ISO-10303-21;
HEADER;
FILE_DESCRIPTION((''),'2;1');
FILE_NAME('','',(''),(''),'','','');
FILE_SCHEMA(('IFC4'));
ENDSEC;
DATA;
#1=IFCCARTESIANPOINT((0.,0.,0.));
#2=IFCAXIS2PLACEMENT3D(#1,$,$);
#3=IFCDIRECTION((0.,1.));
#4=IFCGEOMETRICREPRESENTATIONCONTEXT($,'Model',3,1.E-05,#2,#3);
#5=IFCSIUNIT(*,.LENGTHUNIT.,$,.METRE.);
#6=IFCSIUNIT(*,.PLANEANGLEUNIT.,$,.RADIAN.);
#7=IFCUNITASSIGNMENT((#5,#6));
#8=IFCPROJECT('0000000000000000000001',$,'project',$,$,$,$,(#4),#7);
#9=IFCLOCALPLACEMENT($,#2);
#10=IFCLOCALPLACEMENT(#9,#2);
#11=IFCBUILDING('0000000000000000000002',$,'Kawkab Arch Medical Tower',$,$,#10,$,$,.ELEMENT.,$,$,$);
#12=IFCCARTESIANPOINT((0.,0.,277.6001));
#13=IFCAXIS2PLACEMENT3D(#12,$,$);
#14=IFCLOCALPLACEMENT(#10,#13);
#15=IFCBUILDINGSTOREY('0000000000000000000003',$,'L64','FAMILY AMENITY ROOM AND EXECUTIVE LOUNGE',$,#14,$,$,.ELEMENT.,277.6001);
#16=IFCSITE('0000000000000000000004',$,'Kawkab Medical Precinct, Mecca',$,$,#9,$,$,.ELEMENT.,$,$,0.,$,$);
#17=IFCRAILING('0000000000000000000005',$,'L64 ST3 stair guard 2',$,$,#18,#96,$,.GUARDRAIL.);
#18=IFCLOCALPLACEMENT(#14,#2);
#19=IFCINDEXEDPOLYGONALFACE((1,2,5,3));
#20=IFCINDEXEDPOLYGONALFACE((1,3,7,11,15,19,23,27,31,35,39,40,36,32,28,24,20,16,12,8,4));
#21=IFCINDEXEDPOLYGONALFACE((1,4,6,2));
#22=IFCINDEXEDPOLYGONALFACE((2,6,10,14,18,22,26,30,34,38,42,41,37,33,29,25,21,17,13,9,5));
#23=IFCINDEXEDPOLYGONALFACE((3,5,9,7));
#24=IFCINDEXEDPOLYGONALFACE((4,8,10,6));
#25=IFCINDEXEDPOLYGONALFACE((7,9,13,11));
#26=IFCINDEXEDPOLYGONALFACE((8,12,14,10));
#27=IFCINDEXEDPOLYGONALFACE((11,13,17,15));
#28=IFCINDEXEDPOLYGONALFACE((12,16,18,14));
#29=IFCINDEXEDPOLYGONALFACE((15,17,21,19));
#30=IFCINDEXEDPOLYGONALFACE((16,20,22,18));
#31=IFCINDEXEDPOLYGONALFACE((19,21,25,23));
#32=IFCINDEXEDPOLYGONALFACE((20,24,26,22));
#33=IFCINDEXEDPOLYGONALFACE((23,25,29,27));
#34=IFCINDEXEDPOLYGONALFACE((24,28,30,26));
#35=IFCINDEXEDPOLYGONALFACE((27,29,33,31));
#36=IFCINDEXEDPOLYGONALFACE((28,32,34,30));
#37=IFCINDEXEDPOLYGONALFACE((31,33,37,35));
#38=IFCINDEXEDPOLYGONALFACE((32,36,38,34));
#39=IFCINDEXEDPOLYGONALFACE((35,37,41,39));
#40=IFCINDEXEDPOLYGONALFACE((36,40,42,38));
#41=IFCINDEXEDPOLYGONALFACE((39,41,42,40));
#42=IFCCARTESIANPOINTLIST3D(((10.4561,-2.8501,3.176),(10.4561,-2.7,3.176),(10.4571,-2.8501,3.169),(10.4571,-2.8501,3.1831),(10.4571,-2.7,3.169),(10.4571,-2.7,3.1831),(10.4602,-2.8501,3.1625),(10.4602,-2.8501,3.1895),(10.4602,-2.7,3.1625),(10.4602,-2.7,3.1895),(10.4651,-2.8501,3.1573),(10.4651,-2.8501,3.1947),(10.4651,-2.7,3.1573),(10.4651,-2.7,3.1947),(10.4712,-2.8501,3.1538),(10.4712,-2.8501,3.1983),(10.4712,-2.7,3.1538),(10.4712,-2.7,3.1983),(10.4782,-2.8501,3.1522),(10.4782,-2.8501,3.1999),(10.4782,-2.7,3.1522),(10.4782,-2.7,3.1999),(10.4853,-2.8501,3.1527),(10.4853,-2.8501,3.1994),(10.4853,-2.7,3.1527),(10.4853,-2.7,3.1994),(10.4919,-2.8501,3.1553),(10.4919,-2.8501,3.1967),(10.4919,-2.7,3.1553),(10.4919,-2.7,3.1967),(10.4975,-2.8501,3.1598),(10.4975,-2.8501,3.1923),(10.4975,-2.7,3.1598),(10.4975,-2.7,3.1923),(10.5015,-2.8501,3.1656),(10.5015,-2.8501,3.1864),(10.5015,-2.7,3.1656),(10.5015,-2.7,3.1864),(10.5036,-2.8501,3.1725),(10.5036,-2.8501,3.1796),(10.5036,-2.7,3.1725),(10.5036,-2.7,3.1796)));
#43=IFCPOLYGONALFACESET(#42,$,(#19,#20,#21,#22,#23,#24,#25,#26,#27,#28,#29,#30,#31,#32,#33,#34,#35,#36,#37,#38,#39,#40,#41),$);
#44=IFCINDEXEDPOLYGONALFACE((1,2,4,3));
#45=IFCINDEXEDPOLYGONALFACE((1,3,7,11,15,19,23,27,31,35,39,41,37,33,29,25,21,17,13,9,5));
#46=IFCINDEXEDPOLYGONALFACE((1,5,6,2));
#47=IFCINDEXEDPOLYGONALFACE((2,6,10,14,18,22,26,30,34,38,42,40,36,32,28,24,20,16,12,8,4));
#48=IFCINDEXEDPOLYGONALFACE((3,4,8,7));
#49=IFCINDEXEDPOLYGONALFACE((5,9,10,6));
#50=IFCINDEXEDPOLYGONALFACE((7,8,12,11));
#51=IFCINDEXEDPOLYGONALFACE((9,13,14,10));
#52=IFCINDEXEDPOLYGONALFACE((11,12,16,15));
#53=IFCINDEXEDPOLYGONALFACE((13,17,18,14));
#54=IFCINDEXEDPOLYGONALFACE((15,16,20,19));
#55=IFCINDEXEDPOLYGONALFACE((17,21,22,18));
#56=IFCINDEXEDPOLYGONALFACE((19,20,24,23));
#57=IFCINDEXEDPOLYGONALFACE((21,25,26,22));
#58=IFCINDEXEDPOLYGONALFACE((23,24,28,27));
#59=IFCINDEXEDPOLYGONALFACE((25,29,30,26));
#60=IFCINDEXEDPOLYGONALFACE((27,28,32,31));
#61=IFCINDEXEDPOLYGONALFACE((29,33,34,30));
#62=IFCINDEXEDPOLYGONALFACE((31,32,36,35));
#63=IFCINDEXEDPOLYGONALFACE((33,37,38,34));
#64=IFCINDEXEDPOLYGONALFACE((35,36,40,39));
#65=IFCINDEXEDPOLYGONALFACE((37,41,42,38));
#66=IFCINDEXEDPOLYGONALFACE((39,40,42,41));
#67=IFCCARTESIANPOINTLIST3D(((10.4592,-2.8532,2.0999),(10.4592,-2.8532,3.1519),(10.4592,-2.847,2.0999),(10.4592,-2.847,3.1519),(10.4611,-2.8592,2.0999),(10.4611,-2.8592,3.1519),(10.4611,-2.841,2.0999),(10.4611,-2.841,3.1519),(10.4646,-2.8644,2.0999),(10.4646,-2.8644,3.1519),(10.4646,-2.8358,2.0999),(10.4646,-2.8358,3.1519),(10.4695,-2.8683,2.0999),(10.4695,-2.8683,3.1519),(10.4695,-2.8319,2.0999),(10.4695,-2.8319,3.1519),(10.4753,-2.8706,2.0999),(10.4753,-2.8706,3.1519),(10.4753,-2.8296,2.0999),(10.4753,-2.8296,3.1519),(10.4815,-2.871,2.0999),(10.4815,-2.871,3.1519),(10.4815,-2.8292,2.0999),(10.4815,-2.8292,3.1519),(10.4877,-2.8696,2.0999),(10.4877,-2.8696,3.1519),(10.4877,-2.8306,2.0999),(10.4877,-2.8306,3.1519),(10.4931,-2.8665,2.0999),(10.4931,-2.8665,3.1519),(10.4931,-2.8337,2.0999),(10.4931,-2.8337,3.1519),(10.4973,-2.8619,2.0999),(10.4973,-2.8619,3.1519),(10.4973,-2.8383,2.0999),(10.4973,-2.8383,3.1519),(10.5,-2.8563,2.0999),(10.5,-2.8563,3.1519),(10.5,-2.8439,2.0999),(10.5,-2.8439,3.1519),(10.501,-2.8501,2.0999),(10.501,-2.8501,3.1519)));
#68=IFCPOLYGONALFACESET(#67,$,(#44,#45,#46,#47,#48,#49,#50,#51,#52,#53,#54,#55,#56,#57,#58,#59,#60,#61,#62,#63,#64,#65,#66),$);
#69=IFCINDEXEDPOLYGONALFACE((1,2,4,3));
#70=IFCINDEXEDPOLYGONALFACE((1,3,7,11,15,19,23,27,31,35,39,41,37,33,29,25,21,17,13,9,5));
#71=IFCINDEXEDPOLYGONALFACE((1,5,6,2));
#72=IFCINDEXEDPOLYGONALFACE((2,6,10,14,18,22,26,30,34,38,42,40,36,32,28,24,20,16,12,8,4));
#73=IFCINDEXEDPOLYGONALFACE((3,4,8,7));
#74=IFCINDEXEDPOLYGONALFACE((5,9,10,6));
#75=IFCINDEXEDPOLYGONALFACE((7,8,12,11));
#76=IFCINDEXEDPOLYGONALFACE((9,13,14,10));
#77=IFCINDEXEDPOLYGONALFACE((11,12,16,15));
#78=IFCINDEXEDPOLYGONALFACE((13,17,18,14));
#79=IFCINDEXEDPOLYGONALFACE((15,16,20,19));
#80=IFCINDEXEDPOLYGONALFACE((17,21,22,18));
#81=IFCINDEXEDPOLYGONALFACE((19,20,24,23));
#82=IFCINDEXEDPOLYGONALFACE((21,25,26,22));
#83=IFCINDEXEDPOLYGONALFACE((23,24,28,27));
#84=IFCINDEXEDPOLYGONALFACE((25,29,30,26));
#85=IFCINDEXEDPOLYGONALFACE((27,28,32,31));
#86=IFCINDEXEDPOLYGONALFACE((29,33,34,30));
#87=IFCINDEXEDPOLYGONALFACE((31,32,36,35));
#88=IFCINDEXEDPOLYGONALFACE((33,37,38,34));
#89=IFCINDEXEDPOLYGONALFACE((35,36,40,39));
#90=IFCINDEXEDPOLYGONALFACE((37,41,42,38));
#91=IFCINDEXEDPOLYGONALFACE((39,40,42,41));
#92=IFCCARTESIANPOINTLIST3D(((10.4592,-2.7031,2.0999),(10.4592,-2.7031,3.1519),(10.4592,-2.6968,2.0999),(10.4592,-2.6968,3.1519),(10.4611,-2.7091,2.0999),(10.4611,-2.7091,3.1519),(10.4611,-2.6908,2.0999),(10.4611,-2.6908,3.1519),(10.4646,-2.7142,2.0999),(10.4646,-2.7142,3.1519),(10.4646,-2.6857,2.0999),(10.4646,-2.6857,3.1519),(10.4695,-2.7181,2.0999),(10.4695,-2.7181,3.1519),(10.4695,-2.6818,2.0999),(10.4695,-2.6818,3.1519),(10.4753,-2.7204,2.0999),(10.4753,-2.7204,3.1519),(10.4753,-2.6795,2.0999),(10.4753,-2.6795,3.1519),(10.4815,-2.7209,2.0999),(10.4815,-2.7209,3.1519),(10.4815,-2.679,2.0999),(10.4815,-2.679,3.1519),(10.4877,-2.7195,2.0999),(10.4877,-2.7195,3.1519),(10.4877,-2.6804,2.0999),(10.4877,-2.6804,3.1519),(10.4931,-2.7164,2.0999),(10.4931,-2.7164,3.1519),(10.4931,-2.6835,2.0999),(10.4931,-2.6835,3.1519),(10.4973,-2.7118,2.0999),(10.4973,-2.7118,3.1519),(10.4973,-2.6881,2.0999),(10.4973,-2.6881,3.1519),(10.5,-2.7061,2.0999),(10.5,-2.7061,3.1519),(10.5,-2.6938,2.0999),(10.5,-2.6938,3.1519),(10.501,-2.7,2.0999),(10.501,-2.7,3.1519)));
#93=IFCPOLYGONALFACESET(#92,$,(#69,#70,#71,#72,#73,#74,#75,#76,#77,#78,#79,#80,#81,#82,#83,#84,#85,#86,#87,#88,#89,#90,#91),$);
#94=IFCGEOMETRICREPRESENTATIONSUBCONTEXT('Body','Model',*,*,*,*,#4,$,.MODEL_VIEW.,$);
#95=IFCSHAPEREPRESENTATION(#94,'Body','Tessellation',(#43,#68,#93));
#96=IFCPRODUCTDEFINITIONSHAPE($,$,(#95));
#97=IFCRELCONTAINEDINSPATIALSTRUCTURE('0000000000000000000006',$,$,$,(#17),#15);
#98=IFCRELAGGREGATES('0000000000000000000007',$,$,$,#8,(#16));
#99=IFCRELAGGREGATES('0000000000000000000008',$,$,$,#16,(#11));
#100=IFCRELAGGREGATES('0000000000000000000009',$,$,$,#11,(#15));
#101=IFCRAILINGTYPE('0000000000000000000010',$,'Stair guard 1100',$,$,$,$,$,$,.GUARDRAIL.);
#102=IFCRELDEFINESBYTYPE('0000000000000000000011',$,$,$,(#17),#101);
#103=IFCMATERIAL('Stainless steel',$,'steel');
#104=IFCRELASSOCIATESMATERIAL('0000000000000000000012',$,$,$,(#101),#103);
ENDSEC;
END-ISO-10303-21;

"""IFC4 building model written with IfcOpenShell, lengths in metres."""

from ifc_helpers import new_model, si_unit, direction, frame, origin, origin_2d, place, context, subcontext, project, spatial, circle, extrude, material, type_object, element, save


model = new_model("IFC4")

# Units and contexts
model_context = context("Model", 3, precision=1e-05, world=origin(), true_north=direction((0.0, 1.0)))
body_context = subcontext(model_context, "Body", "Model", "MODEL_VIEW")
ifc_project = project(units=[si_unit("LENGTHUNIT", "METRE"), si_unit("PLANEANGLEUNIT", "RADIAN")], contexts=[model_context])

# Site, building, storey
site_placement = place(None, origin())
site = spatial("IfcSite", under=ifc_project, at=site_placement, Name="Kawkab Medical Precinct, Mecca", CompositionType="ELEMENT", RefElevation=0.0)
building_placement = place(site_placement, origin())
building = spatial("IfcBuilding", under=site, at=building_placement, Name="Kawkab Arch Medical Tower", CompositionType="ELEMENT")
storey_placement = place(building_placement, frame((0.0, 0.0, 277.6001)))
storey = spatial("IfcBuildingStorey", under=building, at=storey_placement, Name="L64", Description="FAMILY AMENITY ROOM AND EXECUTIVE LOUNGE", CompositionType="ELEMENT", Elevation=277.6001)

# Railing
ifc_material_1 = material(Name="Stainless steel", Category="steel")
railing_type = type_object("IfcRailingType", Name="Stair guard 1100", PredefinedType="GUARDRAIL", material=ifc_material_1)
railing_1_placement = place(storey_placement, frame((10.48, -2.8501, 2.0999)))
element("IfcRailing", 1, at=railing_1_placement, inside=storey, type_object=railing_type, Name="L64 ST3 stair guard 2", PredefinedType="GUARDRAIL", context=body_context, shape_type="SweptSolid", body=[
    extrude(circle(Radius=0.0239, at=origin_2d()), frame((0.0, 0.0, 1.0762), z_axis=(0.0, 1.0, 0.0), x_axis=(-1.0, 0.0, 0.0)), (0.0, 0.0, 1.0), 0.1501),
    extrude(circle(Radius=0.021, at=origin_2d()), origin(), (0.0, 0.0, 1.0), 1.052),
    extrude(circle(Radius=0.021, at=origin_2d()), frame((0.0, 0.1501, 0.0)), (0.0, 0.0, 1.0), 1.052),
])

save(model, "model.ifc")
